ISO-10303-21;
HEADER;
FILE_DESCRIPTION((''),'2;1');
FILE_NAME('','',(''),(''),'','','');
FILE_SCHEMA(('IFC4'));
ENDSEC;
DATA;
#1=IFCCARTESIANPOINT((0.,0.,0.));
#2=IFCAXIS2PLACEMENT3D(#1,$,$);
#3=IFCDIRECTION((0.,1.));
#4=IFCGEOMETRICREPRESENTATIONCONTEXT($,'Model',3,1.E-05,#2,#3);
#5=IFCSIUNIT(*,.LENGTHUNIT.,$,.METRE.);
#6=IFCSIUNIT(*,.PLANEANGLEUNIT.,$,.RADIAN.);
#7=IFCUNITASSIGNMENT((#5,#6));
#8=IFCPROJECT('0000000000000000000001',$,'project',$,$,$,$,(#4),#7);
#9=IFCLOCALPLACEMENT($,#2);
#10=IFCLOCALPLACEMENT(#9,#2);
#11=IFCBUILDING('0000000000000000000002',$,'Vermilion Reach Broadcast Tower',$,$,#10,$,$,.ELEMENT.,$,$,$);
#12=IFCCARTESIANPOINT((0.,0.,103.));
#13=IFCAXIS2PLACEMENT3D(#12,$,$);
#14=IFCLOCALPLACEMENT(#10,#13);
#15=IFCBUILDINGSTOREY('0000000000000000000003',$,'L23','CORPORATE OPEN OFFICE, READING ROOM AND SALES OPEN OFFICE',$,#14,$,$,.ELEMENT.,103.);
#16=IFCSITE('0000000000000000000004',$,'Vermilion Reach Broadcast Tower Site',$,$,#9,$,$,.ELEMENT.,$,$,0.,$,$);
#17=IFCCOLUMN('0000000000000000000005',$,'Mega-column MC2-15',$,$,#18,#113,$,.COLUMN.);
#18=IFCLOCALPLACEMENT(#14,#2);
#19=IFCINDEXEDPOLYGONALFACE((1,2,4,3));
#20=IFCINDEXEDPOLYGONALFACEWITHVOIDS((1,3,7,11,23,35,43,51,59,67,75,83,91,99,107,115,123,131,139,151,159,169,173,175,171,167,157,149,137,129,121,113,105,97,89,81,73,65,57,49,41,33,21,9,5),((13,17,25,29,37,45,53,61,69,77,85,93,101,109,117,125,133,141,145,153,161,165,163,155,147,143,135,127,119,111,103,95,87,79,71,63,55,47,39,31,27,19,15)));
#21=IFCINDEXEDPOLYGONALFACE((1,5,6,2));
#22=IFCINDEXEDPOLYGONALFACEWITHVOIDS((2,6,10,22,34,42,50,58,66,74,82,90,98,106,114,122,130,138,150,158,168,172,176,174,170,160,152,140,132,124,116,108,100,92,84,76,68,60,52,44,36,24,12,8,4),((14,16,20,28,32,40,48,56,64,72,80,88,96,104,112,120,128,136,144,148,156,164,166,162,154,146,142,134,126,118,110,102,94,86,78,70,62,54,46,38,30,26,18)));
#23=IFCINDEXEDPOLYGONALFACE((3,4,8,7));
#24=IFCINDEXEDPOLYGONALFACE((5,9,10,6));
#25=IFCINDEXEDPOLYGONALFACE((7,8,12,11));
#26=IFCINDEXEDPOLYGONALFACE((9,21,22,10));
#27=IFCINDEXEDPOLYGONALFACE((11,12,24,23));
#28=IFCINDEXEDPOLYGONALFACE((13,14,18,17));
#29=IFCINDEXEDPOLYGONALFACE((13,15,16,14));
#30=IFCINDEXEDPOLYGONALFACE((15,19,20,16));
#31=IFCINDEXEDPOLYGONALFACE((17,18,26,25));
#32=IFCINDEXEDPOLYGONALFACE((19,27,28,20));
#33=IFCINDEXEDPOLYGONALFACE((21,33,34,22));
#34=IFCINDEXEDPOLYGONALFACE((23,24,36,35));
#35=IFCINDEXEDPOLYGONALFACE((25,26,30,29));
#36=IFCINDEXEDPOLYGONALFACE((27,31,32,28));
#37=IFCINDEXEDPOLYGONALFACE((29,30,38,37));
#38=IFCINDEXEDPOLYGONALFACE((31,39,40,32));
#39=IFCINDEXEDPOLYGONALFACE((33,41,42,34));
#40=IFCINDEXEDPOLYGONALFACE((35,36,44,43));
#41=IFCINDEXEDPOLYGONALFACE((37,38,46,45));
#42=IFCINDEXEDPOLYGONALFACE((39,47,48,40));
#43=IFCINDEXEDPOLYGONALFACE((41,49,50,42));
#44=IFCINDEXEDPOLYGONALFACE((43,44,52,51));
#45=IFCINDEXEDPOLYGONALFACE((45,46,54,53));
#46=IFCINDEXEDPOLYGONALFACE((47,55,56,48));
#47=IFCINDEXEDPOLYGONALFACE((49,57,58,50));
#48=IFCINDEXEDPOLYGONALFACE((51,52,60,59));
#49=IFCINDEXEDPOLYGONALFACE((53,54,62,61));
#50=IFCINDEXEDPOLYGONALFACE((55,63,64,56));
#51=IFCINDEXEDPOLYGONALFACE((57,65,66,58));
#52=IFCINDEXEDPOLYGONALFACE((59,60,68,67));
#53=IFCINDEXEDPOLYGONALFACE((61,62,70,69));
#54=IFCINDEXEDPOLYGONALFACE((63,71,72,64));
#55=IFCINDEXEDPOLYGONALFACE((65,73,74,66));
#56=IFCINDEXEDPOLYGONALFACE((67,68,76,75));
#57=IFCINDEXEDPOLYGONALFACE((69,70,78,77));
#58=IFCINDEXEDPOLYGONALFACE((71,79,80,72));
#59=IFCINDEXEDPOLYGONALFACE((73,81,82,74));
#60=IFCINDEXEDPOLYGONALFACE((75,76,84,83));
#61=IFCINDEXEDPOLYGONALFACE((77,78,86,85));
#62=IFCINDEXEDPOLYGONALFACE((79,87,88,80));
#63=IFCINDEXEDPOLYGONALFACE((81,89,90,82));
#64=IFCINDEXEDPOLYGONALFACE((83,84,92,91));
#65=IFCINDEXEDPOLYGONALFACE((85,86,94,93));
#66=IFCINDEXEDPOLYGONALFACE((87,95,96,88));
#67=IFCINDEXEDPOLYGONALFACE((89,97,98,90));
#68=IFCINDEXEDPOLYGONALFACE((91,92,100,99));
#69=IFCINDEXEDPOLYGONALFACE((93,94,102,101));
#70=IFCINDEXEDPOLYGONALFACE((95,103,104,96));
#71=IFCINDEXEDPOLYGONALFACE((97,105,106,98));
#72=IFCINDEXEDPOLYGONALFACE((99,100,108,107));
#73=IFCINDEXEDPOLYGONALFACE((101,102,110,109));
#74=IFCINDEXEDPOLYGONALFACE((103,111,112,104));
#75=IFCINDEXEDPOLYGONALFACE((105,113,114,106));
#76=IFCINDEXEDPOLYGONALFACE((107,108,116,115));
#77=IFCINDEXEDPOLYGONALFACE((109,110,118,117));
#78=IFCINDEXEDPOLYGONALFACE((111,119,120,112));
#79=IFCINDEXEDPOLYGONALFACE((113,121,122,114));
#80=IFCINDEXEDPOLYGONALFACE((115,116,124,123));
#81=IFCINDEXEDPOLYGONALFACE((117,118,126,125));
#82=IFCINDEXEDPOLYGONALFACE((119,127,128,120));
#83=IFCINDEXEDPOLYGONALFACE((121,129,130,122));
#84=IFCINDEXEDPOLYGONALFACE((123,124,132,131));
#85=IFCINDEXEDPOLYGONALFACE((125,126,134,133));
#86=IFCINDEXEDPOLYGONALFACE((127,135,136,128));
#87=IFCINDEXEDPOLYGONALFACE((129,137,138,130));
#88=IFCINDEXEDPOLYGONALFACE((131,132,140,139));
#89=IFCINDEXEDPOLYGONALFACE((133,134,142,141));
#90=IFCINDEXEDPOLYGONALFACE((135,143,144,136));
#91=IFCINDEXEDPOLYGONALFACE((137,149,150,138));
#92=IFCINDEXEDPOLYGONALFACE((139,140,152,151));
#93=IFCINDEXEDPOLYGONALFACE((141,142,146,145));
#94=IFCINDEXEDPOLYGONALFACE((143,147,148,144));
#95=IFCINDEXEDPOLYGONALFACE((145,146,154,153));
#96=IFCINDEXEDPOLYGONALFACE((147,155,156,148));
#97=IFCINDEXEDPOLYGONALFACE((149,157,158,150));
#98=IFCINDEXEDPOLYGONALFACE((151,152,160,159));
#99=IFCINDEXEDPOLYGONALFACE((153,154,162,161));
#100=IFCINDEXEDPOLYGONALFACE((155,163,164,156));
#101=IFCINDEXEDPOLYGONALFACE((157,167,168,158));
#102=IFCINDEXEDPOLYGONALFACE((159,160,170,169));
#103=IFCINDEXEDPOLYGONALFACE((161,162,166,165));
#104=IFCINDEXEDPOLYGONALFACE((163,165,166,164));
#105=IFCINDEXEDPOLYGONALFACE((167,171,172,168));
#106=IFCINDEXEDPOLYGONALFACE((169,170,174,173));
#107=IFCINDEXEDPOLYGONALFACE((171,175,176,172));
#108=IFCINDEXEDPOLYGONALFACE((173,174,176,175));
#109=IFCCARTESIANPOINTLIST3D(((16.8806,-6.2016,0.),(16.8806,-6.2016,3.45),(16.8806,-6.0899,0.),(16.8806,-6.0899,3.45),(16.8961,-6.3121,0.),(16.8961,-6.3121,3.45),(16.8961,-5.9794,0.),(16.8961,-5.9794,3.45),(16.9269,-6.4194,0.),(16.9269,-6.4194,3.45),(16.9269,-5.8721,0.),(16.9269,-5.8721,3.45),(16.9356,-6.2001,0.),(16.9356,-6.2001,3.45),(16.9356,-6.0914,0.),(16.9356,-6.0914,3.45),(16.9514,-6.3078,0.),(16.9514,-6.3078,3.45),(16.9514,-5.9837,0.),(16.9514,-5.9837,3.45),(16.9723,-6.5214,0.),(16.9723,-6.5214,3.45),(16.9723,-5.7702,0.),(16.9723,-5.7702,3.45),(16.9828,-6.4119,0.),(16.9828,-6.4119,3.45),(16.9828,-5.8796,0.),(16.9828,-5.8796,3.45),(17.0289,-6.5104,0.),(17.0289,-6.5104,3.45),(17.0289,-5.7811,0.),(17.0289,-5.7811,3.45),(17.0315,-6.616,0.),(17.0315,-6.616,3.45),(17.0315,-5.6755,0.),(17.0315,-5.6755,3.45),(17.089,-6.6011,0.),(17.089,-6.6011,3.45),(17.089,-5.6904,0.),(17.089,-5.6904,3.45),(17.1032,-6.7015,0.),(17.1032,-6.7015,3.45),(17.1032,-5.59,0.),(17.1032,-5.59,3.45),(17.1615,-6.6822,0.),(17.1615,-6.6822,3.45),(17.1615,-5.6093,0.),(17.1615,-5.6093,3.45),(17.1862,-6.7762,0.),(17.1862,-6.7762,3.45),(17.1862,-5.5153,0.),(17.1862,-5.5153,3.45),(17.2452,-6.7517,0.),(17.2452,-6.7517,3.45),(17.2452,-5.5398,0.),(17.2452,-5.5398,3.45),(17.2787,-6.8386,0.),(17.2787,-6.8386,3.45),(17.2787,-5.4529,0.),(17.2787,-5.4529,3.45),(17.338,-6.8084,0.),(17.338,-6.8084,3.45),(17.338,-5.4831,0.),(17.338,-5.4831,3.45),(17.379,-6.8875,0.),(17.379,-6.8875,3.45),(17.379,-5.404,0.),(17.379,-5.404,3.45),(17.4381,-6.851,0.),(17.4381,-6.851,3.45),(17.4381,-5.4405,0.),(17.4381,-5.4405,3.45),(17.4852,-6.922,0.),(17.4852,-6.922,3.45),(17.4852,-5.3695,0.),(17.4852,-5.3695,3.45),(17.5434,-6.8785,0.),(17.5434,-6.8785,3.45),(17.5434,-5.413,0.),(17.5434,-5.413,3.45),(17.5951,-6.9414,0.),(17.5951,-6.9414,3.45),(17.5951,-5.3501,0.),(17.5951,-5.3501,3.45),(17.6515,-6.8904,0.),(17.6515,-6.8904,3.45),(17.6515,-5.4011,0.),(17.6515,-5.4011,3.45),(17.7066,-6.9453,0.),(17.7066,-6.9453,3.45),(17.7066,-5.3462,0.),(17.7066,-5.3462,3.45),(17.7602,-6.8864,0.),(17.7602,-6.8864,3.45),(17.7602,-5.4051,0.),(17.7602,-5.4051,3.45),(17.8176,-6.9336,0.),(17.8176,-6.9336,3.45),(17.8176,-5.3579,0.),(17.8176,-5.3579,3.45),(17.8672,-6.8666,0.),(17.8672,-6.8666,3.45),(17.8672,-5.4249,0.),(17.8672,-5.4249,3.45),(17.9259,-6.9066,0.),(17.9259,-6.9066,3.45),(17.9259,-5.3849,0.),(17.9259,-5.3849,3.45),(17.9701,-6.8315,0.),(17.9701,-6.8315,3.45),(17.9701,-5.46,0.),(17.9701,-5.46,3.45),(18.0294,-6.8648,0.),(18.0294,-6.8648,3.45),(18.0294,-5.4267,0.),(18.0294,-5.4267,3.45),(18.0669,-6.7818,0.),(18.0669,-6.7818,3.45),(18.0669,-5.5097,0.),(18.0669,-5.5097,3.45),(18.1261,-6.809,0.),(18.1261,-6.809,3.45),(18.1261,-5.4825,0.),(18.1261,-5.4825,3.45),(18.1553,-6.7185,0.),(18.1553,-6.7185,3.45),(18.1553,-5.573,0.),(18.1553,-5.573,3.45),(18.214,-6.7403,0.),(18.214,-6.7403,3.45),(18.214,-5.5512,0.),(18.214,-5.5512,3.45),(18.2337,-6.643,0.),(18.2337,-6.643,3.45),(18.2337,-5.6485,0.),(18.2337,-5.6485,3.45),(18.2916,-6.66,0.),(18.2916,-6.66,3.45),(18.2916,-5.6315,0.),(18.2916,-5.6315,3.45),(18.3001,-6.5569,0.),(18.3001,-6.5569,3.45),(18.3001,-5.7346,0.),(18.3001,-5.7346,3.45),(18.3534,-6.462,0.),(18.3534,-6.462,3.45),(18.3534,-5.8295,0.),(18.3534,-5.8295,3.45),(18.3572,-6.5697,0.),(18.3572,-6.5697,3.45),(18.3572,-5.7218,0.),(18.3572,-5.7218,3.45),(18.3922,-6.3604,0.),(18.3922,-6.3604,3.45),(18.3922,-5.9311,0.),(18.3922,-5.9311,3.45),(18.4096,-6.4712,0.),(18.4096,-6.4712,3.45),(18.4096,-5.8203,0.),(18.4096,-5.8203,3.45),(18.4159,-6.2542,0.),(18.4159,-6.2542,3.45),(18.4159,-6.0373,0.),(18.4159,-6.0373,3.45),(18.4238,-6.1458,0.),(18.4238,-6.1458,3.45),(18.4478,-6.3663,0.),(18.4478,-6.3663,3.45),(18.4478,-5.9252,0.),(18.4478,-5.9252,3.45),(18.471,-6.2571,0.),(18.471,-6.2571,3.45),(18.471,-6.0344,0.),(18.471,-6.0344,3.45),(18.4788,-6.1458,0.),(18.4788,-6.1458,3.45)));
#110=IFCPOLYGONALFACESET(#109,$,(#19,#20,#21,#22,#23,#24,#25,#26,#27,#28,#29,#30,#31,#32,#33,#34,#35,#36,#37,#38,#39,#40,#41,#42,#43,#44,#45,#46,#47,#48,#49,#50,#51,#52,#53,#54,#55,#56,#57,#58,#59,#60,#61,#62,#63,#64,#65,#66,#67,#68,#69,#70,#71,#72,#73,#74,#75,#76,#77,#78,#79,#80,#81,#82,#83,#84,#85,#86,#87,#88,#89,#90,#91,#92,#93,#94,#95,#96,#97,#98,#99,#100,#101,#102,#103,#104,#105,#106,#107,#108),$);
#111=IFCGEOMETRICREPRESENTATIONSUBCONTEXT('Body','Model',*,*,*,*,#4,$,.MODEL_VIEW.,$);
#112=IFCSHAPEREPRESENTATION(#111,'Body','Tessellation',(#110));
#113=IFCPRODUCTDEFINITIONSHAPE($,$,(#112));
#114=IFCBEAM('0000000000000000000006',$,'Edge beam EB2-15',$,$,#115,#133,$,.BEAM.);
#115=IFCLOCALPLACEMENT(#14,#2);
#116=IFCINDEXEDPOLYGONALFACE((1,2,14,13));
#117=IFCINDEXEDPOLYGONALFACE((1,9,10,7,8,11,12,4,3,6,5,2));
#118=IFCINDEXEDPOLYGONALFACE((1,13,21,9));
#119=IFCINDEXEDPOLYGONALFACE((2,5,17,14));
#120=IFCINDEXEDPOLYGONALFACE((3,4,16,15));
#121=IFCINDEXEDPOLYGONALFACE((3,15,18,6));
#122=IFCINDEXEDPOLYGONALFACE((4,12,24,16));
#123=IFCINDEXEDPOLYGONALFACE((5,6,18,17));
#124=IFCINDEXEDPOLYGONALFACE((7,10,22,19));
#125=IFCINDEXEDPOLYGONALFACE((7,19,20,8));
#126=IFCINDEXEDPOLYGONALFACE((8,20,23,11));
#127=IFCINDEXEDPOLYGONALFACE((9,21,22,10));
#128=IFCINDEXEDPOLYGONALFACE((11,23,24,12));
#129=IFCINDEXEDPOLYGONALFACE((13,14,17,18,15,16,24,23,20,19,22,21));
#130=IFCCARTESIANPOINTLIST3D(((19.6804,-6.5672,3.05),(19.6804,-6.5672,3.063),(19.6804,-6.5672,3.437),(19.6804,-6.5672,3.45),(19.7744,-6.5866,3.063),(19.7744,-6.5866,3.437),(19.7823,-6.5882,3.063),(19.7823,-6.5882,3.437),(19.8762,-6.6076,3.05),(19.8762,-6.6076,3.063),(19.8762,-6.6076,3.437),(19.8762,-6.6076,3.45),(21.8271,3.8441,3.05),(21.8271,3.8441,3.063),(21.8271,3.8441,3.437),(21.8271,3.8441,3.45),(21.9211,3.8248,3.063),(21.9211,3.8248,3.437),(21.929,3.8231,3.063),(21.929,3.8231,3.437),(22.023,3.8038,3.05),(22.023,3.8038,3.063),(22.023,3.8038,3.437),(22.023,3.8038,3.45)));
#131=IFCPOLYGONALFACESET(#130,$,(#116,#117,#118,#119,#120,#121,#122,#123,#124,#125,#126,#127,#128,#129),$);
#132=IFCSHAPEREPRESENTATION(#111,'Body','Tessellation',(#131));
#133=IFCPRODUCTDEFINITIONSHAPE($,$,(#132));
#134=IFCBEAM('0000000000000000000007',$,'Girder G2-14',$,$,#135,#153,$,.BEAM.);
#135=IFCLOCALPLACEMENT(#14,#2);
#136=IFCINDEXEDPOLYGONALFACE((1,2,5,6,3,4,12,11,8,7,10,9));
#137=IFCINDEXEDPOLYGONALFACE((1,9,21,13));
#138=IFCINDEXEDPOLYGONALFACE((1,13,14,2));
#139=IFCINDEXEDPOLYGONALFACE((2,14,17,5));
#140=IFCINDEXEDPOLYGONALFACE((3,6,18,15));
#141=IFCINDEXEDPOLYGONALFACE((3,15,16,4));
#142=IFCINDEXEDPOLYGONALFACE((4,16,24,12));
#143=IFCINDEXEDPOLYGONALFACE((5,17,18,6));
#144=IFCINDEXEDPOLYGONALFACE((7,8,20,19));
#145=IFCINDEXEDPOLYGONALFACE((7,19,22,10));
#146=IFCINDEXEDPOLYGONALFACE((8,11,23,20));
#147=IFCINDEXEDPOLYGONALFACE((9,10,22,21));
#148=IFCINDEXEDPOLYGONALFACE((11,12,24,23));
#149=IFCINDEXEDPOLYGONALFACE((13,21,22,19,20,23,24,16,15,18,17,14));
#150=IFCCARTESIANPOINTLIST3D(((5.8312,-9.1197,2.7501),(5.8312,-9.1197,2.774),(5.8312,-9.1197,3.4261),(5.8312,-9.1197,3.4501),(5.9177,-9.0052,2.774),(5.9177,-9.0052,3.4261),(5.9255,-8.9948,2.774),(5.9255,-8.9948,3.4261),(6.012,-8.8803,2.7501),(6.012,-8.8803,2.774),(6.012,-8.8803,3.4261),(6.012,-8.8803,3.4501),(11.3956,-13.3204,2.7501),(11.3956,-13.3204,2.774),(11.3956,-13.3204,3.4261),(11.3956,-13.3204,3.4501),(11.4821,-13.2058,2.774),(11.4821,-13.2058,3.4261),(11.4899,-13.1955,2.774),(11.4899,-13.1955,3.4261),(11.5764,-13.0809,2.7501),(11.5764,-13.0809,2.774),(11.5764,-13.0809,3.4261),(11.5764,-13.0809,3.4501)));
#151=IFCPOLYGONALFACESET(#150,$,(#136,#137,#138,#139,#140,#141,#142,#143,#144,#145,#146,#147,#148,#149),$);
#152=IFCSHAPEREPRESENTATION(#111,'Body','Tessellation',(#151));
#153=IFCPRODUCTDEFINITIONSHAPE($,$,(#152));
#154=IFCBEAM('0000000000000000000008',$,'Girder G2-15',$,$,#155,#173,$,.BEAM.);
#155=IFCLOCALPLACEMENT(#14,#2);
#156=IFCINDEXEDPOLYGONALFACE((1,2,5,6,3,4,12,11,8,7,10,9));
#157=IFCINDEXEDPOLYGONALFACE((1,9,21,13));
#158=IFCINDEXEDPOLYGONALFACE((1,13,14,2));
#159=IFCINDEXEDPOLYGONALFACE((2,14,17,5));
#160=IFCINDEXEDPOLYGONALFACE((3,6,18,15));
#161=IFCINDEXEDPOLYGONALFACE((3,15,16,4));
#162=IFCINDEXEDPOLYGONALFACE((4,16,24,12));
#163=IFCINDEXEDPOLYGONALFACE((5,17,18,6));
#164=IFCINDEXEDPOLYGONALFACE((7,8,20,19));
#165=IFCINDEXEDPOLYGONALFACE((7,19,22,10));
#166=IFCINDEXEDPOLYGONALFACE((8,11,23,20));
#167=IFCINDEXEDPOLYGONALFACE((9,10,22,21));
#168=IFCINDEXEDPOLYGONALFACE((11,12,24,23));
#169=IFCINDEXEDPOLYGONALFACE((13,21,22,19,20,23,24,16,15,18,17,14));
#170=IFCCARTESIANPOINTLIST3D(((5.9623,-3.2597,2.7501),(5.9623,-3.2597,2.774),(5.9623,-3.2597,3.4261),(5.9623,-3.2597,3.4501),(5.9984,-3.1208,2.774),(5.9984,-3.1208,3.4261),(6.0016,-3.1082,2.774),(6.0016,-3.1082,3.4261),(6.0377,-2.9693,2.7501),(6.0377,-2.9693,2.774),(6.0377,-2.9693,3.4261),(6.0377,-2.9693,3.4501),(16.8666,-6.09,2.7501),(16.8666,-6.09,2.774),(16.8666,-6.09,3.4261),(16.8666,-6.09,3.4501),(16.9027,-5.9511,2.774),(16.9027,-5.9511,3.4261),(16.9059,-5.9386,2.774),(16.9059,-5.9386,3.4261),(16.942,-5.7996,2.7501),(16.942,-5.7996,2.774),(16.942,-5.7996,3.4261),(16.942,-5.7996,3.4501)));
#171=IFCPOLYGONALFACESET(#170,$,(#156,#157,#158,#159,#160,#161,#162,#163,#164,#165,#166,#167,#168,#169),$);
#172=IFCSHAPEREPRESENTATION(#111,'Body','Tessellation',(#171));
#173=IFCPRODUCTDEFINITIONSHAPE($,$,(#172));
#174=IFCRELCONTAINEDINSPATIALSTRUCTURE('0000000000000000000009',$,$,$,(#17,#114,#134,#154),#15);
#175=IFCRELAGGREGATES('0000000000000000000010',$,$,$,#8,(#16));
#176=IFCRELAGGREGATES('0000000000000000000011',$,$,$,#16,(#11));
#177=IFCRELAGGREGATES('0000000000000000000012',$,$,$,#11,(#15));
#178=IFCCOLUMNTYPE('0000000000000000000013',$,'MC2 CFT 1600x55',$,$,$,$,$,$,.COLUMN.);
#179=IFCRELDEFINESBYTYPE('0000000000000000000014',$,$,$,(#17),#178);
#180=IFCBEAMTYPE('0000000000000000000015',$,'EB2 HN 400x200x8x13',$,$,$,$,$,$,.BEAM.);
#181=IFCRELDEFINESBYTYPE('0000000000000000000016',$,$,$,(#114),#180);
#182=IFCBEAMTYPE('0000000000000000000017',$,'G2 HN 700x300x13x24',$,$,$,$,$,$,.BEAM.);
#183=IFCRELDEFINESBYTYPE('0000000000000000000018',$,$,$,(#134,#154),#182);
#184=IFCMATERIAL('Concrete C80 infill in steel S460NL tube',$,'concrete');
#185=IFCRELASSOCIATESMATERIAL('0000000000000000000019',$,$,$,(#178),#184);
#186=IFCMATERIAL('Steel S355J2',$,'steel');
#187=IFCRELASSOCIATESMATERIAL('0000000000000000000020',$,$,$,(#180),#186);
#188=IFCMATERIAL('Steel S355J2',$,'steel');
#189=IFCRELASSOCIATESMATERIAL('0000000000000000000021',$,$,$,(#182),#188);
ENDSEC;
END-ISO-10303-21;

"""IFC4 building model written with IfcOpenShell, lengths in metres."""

from ifc_helpers import new_model, si_unit, direction, frame, origin, origin_2d, place, context, subcontext, project, spatial, hollow_circle, i_section, extrude, material, material_profile, profile_set, type_object, element, save


model = new_model("IFC4")

# Units and contexts
model_context = context("Model", 3, precision=1e-05, world=origin(), true_north=direction((0.0, 1.0)))
body_context = subcontext(model_context, "Body", "Model", "MODEL_VIEW")
ifc_project = project(units=[si_unit("LENGTHUNIT", "METRE"), si_unit("PLANEANGLEUNIT", "RADIAN")], contexts=[model_context])

# Site, building, storey
site_placement = place(None, origin())
site = spatial("IfcSite", under=ifc_project, at=site_placement, Name="Vermilion Reach Broadcast Tower Site", CompositionType="ELEMENT", RefElevation=0.0)
building_placement = place(site_placement, origin())
building = spatial("IfcBuilding", under=site, at=building_placement, Name="Vermilion Reach Broadcast Tower", CompositionType="ELEMENT")
storey_placement = place(building_placement, frame((0.0, 0.0, 103.0)))
storey = spatial("IfcBuildingStorey", under=building, at=storey_placement, Name="L23", Description="CORPORATE OPEN OFFICE, READING ROOM AND SALES OPEN OFFICE", CompositionType="ELEMENT", Elevation=103.0)

# Column
ifc_material_1 = material(Name="Concrete C80 infill in steel S460NL tube", Category="concrete")
ifc_material_profile_1 = material_profile(ifc_material_1, hollow_circle(Radius=0.8, WallThickness=0.0549, at=origin_2d()), Name="Concrete C80 infill in steel S460NL tube CFT 1600x55")
ifc_profile_set_1 = profile_set([ifc_material_profile_1], Name="Concrete C80 infill in steel S460NL tube")
column_type = type_object("IfcColumnType", Name="MC2 CFT 1600x55", PredefinedType="COLUMN", material=ifc_profile_set_1)
column_placement = place(storey_placement, frame((17.6787, -6.1458, 0.0), z_axis=(0.0, 0.0, 1.0), x_axis=(1.0, 0.0, 0.0)))
element("IfcColumn", 1, at=column_placement, inside=storey, type_object=column_type, Name="Mega-column MC2-15", PredefinedType="COLUMN", context=body_context, shape_type="SweptSolid", body=[
    extrude(hollow_circle(Radius=0.8, WallThickness=0.0549, at=origin_2d()), origin(), (0.0, 0.0, 1.0), 3.45),
])

# Beams
ifc_material_2 = material(Name="Steel S355J2", Category="steel")
ifc_material_profile_2 = material_profile(ifc_material_2, i_section(OverallWidth=0.2, OverallDepth=0.3999, WebThickness=0.0081, FlangeThickness=0.0129, at=origin_2d()), Name="S355J2 HN 400x200x8x13")
ifc_profile_set_2 = profile_set([ifc_material_profile_2], Name="Steel S355J2")
beam_type_1 = type_object("IfcBeamType", Name="EB2 HN 400x200x8x13", PredefinedType="BEAM", material=ifc_profile_set_2)
beam_1_placement = place(storey_placement, frame((19.7783, -6.5874, 3.25), z_axis=(0.201943, 0.979397, 0.0), x_axis=(-0.979397, 0.201943, 0.0)))
element("IfcBeam", 2, at=beam_1_placement, inside=storey, type_object=beam_type_1, Name="Edge beam EB2-15", PredefinedType="BEAM", context=body_context, shape_type="SweptSolid", body=[
    extrude(i_section(OverallWidth=0.2, OverallDepth=0.3999, WebThickness=0.0081, FlangeThickness=0.0129, at=origin_2d()), origin(), (0.0, 0.0, 1.0), 10.6304),
])
ifc_material_3 = material(Name="Steel S355J2", Category="steel")
ifc_material_profile_3 = material_profile(ifc_material_3, i_section(OverallWidth=0.3, OverallDepth=0.7, WebThickness=0.0129, FlangeThickness=0.0239, at=origin_2d()), Name="S355J2 HN 700x300x13x24")
ifc_profile_set_3 = profile_set([ifc_material_profile_3], Name="Steel S355J2")
beam_type_2 = type_object("IfcBeamType", Name="G2 HN 700x300x13x24", PredefinedType="BEAM", material=ifc_profile_set_3)
beam_2_placement = place(storey_placement, frame((5.9216, -9.0, 3.1001), z_axis=(0.798114, -0.602507, 0.0), x_axis=(0.602507, 0.798114, 0.0)))
element("IfcBeam", 3, at=beam_2_placement, inside=storey, type_object=beam_type_2, Name="Girder G2-14", PredefinedType="BEAM", context=body_context, shape_type="SweptSolid", body=[
    extrude(i_section(OverallWidth=0.3, OverallDepth=0.7, WebThickness=0.0129, FlangeThickness=0.0239, at=origin_2d()), origin(), (0.0, 0.0, 1.0), 6.9719),
])
beam_3_placement = place(storey_placement, frame((6.0, -3.1145, 3.1001), z_axis=(0.967926, -0.251235, 0.0), x_axis=(0.251235, 0.967926, 0.0)))
element("IfcBeam", 4, at=beam_3_placement, inside=storey, type_object=beam_type_2, Name="Girder G2-15", PredefinedType="BEAM", context=body_context, shape_type="SweptSolid", body=[
    extrude(i_section(OverallWidth=0.3, OverallDepth=0.7, WebThickness=0.0129, FlangeThickness=0.0239, at=origin_2d()), origin(), (0.0, 0.0, 1.0), 11.2656),
])

save(model, "model.ifc")
